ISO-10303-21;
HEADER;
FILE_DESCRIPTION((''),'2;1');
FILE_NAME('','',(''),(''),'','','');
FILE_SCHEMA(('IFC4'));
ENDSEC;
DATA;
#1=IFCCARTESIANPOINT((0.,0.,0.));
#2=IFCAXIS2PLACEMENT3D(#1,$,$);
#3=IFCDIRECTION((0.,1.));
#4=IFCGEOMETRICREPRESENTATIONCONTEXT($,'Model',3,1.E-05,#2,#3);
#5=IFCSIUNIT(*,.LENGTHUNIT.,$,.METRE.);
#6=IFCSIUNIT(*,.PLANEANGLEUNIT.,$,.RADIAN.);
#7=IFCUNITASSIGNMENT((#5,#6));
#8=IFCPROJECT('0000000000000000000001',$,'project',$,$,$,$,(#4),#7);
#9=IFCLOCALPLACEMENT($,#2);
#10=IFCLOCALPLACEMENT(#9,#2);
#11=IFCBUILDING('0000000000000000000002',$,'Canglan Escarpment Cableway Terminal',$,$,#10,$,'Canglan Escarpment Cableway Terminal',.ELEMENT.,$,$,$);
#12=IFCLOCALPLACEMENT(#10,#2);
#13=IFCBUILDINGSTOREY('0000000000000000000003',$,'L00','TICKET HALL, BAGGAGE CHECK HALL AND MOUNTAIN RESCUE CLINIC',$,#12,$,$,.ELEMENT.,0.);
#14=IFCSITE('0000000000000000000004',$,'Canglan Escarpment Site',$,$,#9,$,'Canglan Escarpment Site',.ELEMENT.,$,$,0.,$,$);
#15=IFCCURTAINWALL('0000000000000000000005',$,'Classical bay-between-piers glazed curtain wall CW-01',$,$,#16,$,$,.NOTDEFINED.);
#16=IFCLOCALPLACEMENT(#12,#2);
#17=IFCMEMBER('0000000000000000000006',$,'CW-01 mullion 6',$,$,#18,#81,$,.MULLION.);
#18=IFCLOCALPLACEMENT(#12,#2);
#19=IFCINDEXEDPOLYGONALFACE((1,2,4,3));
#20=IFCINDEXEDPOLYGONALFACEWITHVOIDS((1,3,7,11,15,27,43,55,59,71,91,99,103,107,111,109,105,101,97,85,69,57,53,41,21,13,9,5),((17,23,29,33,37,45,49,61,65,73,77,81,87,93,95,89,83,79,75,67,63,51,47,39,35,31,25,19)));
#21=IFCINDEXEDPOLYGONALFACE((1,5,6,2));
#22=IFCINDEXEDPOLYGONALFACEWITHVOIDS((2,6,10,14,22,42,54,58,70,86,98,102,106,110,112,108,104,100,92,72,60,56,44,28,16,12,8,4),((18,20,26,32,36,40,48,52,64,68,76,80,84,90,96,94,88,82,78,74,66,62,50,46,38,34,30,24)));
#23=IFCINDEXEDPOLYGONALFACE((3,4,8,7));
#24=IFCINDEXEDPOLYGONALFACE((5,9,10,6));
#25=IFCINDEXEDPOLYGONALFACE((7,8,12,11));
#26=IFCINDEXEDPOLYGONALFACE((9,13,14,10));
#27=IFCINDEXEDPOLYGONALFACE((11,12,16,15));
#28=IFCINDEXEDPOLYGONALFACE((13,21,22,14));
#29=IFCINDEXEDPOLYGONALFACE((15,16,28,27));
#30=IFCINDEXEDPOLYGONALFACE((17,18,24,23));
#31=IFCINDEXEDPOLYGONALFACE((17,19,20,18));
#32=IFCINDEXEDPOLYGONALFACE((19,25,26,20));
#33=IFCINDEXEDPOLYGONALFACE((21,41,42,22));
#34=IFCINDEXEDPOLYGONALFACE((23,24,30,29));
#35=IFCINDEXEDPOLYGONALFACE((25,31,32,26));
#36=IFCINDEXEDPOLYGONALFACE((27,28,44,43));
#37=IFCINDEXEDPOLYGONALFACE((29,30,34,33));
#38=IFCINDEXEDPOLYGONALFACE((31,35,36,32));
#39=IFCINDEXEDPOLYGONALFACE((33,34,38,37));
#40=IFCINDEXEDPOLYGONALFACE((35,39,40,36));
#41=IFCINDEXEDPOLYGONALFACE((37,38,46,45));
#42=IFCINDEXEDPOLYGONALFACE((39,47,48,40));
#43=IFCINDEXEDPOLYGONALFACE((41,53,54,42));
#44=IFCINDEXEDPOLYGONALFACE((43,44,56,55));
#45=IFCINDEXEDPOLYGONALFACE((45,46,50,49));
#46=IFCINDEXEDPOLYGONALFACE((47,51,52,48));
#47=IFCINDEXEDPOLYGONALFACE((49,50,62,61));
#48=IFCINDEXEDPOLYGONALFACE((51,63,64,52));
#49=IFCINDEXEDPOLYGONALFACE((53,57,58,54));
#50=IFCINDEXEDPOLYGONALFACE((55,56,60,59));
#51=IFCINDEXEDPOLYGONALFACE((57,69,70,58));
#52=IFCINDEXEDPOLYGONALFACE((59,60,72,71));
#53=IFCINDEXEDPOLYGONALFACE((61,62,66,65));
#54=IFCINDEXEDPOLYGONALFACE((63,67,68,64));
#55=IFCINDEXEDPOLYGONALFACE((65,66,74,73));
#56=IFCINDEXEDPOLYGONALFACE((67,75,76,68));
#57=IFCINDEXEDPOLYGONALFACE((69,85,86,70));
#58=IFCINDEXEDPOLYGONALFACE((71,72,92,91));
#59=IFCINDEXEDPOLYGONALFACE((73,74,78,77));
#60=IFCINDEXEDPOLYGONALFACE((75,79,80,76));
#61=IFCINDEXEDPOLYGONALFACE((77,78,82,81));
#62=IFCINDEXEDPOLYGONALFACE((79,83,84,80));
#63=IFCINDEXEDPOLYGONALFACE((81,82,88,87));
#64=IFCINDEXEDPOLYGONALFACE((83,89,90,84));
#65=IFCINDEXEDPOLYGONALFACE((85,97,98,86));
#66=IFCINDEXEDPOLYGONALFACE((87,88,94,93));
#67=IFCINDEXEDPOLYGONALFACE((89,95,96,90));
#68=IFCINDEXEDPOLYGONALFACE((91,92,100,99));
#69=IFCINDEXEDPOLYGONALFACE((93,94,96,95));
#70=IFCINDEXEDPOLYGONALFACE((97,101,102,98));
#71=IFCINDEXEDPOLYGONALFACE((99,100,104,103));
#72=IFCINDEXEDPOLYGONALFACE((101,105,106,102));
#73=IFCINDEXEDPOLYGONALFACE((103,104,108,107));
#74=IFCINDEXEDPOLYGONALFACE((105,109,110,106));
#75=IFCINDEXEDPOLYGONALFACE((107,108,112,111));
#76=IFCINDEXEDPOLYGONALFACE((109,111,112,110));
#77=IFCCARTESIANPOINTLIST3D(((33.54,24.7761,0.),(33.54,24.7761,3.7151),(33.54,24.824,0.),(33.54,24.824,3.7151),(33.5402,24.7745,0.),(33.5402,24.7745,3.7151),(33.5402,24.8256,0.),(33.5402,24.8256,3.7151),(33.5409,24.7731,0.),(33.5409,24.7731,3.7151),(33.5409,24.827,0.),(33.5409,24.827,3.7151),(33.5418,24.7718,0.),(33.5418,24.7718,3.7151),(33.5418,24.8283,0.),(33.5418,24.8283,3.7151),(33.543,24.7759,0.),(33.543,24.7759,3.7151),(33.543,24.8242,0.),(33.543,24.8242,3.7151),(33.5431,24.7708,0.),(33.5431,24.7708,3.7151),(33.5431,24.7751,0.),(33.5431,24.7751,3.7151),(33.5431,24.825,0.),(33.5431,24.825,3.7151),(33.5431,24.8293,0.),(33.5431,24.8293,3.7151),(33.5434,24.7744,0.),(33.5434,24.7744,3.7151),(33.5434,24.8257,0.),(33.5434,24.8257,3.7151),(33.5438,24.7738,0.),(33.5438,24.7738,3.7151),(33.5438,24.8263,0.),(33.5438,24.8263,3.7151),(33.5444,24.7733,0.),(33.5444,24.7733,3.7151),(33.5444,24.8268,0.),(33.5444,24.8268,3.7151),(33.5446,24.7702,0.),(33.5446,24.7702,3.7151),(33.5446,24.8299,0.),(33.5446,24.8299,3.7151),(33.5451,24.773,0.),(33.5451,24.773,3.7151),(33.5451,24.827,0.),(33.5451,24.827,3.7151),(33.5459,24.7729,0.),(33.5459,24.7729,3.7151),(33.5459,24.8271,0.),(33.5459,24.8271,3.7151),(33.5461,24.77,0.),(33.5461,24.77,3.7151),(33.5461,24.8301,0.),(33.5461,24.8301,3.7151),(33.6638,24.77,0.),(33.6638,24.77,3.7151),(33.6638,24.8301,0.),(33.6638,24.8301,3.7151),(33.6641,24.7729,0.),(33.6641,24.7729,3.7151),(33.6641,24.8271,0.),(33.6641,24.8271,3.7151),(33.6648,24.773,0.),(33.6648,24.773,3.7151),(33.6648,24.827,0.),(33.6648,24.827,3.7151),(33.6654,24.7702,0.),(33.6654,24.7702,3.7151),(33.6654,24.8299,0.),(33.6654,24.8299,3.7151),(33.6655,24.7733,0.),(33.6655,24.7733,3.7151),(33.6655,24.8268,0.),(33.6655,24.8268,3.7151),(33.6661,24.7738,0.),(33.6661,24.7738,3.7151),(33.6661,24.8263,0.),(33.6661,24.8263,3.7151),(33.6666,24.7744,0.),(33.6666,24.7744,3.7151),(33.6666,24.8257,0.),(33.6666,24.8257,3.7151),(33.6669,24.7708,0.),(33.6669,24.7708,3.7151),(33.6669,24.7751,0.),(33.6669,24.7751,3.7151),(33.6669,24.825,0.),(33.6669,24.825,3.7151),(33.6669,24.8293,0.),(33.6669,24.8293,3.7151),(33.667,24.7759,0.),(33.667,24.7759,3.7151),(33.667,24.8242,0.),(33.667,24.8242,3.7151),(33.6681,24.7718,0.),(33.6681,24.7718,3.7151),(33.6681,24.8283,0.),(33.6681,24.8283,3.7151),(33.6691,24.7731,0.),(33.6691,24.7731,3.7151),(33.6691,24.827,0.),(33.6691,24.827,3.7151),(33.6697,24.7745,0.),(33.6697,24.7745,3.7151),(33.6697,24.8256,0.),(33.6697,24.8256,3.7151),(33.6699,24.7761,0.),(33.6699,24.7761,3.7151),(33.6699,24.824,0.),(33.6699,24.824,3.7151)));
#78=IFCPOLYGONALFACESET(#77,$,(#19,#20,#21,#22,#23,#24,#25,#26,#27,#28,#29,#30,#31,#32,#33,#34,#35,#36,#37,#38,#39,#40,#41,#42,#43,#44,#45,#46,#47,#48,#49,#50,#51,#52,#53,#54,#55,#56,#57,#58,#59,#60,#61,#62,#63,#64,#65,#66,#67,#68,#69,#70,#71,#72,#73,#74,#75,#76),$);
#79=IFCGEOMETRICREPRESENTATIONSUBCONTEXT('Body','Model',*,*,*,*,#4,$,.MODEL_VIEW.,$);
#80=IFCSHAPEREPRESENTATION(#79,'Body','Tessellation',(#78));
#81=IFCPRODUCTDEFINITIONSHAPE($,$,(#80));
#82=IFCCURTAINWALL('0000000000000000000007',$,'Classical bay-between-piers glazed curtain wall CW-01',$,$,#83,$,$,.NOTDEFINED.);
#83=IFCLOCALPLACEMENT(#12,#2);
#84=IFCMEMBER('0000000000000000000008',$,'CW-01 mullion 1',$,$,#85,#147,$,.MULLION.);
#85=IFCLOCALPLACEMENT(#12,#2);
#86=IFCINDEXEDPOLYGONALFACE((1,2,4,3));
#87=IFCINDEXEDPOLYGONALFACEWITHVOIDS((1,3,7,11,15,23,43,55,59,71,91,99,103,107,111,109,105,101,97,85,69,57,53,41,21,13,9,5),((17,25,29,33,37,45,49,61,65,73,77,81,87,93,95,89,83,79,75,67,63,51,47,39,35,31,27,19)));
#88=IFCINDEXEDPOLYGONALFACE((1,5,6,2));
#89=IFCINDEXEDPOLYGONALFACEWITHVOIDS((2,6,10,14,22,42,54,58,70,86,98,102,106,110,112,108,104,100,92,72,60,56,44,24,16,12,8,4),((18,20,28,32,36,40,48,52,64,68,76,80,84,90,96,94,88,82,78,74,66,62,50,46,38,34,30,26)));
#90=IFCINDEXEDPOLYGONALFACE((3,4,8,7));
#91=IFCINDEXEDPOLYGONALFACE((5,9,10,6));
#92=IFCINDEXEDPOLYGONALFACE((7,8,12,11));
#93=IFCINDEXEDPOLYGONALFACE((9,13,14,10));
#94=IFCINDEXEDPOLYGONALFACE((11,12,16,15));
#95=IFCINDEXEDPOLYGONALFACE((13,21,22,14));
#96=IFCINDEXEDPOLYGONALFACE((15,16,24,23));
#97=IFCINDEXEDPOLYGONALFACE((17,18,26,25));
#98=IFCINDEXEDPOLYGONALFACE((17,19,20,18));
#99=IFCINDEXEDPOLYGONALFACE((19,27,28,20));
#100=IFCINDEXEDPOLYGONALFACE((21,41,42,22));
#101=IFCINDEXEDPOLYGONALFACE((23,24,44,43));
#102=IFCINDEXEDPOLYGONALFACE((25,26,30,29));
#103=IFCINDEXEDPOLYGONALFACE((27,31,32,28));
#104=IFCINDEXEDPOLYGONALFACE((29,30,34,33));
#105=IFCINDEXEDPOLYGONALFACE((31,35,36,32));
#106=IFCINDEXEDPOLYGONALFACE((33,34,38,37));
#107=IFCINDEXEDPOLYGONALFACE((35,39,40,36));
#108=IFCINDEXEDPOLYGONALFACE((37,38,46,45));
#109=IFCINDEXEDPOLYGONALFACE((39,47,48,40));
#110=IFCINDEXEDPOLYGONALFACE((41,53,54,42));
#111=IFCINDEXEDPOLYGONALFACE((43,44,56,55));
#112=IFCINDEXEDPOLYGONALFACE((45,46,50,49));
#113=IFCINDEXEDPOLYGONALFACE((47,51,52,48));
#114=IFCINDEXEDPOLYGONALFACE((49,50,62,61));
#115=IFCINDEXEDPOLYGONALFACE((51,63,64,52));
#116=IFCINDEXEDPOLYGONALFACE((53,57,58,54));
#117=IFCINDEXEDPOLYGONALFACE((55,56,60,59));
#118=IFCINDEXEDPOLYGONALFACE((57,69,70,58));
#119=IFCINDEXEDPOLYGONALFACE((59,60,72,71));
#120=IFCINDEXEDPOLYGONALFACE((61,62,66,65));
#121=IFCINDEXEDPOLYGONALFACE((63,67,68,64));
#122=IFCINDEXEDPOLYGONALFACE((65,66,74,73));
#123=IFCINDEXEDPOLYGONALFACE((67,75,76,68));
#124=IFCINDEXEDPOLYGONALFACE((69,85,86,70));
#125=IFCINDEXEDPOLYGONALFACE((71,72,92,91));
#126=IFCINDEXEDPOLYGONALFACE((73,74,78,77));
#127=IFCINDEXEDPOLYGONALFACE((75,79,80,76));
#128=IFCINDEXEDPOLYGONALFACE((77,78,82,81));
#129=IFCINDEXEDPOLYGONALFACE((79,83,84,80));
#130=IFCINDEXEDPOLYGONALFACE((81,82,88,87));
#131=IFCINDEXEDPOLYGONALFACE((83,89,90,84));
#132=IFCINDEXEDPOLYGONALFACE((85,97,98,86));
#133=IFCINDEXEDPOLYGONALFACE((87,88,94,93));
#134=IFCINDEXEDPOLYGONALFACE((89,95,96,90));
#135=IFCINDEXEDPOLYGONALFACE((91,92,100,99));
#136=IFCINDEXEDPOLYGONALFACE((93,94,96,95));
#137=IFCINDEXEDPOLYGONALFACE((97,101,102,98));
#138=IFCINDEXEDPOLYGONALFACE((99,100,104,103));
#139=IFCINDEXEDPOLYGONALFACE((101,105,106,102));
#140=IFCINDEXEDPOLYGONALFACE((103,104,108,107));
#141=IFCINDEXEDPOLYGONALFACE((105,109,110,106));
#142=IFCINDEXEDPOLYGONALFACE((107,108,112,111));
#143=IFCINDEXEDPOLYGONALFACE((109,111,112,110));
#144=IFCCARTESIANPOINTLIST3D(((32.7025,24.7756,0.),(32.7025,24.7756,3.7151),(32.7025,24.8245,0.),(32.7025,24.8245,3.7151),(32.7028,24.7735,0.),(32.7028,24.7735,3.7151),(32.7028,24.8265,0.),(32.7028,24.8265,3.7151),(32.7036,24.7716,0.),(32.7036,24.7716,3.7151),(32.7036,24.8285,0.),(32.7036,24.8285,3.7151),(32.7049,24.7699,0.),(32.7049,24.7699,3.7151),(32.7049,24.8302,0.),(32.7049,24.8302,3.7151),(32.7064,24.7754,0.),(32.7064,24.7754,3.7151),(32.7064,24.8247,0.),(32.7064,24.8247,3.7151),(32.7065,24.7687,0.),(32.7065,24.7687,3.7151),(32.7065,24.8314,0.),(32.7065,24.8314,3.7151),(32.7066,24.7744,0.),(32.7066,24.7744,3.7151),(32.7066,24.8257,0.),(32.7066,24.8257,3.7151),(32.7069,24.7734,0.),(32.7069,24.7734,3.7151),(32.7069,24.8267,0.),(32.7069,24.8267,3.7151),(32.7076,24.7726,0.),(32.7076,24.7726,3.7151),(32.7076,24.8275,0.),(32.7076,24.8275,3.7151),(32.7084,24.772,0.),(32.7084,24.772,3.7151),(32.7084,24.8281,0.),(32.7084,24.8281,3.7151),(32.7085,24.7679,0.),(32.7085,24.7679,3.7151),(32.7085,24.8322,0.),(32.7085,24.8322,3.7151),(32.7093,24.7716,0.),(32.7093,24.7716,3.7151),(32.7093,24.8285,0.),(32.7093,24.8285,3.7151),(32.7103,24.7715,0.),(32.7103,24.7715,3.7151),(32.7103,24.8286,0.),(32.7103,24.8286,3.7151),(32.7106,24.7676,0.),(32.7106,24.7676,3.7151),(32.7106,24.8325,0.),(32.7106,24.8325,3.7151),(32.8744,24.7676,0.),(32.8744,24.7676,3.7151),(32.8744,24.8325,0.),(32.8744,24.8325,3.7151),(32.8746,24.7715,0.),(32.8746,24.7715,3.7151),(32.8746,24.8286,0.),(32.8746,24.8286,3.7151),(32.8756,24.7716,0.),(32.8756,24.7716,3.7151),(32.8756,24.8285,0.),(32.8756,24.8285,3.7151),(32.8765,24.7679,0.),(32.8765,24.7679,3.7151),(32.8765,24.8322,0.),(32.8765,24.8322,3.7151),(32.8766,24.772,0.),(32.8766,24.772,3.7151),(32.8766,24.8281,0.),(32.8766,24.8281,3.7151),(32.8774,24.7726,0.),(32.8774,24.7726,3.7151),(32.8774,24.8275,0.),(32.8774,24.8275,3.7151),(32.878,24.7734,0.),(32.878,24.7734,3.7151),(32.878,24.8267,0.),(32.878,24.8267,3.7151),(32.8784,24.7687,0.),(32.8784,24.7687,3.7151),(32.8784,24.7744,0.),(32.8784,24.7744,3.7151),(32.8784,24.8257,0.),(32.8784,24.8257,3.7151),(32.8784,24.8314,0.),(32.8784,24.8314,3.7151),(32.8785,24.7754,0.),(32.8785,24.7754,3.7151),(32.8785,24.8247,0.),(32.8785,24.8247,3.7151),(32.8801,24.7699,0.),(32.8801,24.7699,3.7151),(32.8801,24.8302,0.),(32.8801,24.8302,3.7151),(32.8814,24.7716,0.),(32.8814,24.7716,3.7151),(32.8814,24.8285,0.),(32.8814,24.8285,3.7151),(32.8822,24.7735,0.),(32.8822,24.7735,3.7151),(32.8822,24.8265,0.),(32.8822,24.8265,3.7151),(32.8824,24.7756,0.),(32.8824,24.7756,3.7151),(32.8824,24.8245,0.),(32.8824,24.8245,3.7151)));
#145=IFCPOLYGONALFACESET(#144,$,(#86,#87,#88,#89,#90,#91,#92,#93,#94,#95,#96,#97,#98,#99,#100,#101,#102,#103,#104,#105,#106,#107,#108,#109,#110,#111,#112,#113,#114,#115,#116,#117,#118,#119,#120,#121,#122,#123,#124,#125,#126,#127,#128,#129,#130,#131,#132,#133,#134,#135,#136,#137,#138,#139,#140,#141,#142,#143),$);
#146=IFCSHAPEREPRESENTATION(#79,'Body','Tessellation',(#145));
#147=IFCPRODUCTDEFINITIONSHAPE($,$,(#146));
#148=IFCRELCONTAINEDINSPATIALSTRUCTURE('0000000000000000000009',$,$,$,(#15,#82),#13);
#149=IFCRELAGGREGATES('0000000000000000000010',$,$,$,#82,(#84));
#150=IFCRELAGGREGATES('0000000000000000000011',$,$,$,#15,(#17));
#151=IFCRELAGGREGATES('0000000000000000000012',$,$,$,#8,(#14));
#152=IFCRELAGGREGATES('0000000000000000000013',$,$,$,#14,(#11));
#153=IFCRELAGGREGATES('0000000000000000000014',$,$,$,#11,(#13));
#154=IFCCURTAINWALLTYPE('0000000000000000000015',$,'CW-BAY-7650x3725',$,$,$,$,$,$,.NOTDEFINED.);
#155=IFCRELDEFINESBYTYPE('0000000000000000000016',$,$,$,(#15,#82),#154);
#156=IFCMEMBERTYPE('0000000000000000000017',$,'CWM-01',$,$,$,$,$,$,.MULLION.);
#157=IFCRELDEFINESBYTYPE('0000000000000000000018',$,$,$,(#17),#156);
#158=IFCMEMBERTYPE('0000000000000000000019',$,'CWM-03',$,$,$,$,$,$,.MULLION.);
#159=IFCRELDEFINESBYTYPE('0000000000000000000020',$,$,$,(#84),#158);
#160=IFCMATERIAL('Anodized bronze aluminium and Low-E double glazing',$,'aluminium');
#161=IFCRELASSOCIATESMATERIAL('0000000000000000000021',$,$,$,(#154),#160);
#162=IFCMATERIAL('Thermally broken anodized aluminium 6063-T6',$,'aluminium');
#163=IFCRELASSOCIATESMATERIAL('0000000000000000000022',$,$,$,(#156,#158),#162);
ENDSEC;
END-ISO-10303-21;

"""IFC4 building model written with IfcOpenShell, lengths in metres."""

from ifc_helpers import new_model, si_unit, direction, frame, origin, origin_2d, place, context, subcontext, project, spatial, hollow_rectangle, extrude, material, material_profile, profile_set, type_object, element, aggregate, save


model = new_model("IFC4")

# Units and contexts
model_context = context("Model", 3, precision=1e-05, world=origin(), true_north=direction((0.0, 1.0)))
body_context = subcontext(model_context, "Body", "Model", "MODEL_VIEW")
ifc_project = project(units=[si_unit("LENGTHUNIT", "METRE"), si_unit("PLANEANGLEUNIT", "RADIAN")], contexts=[model_context])

# Site, building, storey
site_placement = place(None, origin())
site = spatial("IfcSite", under=ifc_project, at=site_placement, Name="Canglan Escarpment Site", LongName="Canglan Escarpment Site", CompositionType="ELEMENT", RefElevation=0.0)
building_placement = place(site_placement, origin())
building = spatial("IfcBuilding", under=site, at=building_placement, Name="Canglan Escarpment Cableway Terminal", LongName="Canglan Escarpment Cableway Terminal", CompositionType="ELEMENT")
storey_placement = place(building_placement, origin())
storey = spatial("IfcBuildingStorey", under=building, at=storey_placement, Name="L00", Description="TICKET HALL, BAGGAGE CHECK HALL AND MOUNTAIN RESCUE CLINIC", CompositionType="ELEMENT", Elevation=0.0)

# Curtain walls, members
ifc_material_1 = material(Name="Anodized bronze aluminium and Low-E double glazing", Category="aluminium")
curtain_wall_type = type_object("IfcCurtainWallType", Name="CW-BAY-7650x3725", PredefinedType="NOTDEFINED", material=ifc_material_1)
curtain_wall_1_placement = place(storey_placement, origin())
curtain_wall_1 = element("IfcCurtainWall", 1, at=curtain_wall_1_placement, inside=storey, type_object=curtain_wall_type, Name="Classical bay-between-piers glazed curtain wall CW-01", PredefinedType="NOTDEFINED")
ifc_material_2 = material(Name="Thermally broken anodized aluminium 6063-T6", Category="aluminium")
ifc_material_profile_1 = material_profile(ifc_material_2, hollow_rectangle(XDim=0.0601, YDim=0.1299, WallThickness=0.0029, InnerFilletRadius=0.0029, OuterFilletRadius=0.0061, at=origin_2d()), Name="ALU-MULL 60x130x3")
ifc_profile_set_1 = profile_set([ifc_material_profile_1], Name="Thermally broken anodized aluminium 6063-T6")
member_type_1 = type_object("IfcMemberType", Name="CWM-01", PredefinedType="MULLION", material=ifc_profile_set_1)
member_1_placement = place(storey_placement, frame((33.605, 24.8, 0.0), z_axis=(0.0, 0.0, 1.0), x_axis=(0.0, -1.0, 0.0)))
member_1 = element("IfcMember", 2, at=member_1_placement, type_object=member_type_1, Name="CW-01 mullion 6", PredefinedType="MULLION", context=body_context, shape_type="SweptSolid", body=[
    extrude(hollow_rectangle(XDim=0.0601, YDim=0.1299, WallThickness=0.0029, InnerFilletRadius=0.0029, OuterFilletRadius=0.0061, at=origin_2d()), origin(), (0.0, 0.0, 1.0), 3.7151),
])
curtain_wall_2_placement = place(storey_placement, origin())
curtain_wall_2 = element("IfcCurtainWall", 3, at=curtain_wall_2_placement, inside=storey, type_object=curtain_wall_type, Name="Classical bay-between-piers glazed curtain wall CW-01", PredefinedType="NOTDEFINED")
ifc_material_profile_2 = material_profile(ifc_material_2, hollow_rectangle(XDim=0.0649, YDim=0.1799, WallThickness=0.0039, InnerFilletRadius=0.0039, OuterFilletRadius=0.0081, at=origin_2d()), Name="ALU-MULL 65x180x4")
ifc_profile_set_2 = profile_set([ifc_material_profile_2], Name="Thermally broken anodized aluminium 6063-T6")
member_type_2 = type_object("IfcMemberType", Name="CWM-03", PredefinedType="MULLION", material=ifc_profile_set_2)
member_2_placement = place(storey_placement, frame((32.7925, 24.8, 0.0), z_axis=(0.0, 0.0, 1.0), x_axis=(0.0, -1.0, 0.0)))
member_2 = element("IfcMember", 4, at=member_2_placement, type_object=member_type_2, Name="CW-01 mullion 1", PredefinedType="MULLION", context=body_context, shape_type="SweptSolid", body=[
    extrude(hollow_rectangle(XDim=0.0649, YDim=0.1799, WallThickness=0.0039, InnerFilletRadius=0.0039, OuterFilletRadius=0.0081, at=origin_2d()), origin(), (0.0, 0.0, 1.0), 3.7151),
])

aggregate(curtain_wall_2, [member_2])
aggregate(curtain_wall_1, [member_1])

save(model, "model.ifc")
